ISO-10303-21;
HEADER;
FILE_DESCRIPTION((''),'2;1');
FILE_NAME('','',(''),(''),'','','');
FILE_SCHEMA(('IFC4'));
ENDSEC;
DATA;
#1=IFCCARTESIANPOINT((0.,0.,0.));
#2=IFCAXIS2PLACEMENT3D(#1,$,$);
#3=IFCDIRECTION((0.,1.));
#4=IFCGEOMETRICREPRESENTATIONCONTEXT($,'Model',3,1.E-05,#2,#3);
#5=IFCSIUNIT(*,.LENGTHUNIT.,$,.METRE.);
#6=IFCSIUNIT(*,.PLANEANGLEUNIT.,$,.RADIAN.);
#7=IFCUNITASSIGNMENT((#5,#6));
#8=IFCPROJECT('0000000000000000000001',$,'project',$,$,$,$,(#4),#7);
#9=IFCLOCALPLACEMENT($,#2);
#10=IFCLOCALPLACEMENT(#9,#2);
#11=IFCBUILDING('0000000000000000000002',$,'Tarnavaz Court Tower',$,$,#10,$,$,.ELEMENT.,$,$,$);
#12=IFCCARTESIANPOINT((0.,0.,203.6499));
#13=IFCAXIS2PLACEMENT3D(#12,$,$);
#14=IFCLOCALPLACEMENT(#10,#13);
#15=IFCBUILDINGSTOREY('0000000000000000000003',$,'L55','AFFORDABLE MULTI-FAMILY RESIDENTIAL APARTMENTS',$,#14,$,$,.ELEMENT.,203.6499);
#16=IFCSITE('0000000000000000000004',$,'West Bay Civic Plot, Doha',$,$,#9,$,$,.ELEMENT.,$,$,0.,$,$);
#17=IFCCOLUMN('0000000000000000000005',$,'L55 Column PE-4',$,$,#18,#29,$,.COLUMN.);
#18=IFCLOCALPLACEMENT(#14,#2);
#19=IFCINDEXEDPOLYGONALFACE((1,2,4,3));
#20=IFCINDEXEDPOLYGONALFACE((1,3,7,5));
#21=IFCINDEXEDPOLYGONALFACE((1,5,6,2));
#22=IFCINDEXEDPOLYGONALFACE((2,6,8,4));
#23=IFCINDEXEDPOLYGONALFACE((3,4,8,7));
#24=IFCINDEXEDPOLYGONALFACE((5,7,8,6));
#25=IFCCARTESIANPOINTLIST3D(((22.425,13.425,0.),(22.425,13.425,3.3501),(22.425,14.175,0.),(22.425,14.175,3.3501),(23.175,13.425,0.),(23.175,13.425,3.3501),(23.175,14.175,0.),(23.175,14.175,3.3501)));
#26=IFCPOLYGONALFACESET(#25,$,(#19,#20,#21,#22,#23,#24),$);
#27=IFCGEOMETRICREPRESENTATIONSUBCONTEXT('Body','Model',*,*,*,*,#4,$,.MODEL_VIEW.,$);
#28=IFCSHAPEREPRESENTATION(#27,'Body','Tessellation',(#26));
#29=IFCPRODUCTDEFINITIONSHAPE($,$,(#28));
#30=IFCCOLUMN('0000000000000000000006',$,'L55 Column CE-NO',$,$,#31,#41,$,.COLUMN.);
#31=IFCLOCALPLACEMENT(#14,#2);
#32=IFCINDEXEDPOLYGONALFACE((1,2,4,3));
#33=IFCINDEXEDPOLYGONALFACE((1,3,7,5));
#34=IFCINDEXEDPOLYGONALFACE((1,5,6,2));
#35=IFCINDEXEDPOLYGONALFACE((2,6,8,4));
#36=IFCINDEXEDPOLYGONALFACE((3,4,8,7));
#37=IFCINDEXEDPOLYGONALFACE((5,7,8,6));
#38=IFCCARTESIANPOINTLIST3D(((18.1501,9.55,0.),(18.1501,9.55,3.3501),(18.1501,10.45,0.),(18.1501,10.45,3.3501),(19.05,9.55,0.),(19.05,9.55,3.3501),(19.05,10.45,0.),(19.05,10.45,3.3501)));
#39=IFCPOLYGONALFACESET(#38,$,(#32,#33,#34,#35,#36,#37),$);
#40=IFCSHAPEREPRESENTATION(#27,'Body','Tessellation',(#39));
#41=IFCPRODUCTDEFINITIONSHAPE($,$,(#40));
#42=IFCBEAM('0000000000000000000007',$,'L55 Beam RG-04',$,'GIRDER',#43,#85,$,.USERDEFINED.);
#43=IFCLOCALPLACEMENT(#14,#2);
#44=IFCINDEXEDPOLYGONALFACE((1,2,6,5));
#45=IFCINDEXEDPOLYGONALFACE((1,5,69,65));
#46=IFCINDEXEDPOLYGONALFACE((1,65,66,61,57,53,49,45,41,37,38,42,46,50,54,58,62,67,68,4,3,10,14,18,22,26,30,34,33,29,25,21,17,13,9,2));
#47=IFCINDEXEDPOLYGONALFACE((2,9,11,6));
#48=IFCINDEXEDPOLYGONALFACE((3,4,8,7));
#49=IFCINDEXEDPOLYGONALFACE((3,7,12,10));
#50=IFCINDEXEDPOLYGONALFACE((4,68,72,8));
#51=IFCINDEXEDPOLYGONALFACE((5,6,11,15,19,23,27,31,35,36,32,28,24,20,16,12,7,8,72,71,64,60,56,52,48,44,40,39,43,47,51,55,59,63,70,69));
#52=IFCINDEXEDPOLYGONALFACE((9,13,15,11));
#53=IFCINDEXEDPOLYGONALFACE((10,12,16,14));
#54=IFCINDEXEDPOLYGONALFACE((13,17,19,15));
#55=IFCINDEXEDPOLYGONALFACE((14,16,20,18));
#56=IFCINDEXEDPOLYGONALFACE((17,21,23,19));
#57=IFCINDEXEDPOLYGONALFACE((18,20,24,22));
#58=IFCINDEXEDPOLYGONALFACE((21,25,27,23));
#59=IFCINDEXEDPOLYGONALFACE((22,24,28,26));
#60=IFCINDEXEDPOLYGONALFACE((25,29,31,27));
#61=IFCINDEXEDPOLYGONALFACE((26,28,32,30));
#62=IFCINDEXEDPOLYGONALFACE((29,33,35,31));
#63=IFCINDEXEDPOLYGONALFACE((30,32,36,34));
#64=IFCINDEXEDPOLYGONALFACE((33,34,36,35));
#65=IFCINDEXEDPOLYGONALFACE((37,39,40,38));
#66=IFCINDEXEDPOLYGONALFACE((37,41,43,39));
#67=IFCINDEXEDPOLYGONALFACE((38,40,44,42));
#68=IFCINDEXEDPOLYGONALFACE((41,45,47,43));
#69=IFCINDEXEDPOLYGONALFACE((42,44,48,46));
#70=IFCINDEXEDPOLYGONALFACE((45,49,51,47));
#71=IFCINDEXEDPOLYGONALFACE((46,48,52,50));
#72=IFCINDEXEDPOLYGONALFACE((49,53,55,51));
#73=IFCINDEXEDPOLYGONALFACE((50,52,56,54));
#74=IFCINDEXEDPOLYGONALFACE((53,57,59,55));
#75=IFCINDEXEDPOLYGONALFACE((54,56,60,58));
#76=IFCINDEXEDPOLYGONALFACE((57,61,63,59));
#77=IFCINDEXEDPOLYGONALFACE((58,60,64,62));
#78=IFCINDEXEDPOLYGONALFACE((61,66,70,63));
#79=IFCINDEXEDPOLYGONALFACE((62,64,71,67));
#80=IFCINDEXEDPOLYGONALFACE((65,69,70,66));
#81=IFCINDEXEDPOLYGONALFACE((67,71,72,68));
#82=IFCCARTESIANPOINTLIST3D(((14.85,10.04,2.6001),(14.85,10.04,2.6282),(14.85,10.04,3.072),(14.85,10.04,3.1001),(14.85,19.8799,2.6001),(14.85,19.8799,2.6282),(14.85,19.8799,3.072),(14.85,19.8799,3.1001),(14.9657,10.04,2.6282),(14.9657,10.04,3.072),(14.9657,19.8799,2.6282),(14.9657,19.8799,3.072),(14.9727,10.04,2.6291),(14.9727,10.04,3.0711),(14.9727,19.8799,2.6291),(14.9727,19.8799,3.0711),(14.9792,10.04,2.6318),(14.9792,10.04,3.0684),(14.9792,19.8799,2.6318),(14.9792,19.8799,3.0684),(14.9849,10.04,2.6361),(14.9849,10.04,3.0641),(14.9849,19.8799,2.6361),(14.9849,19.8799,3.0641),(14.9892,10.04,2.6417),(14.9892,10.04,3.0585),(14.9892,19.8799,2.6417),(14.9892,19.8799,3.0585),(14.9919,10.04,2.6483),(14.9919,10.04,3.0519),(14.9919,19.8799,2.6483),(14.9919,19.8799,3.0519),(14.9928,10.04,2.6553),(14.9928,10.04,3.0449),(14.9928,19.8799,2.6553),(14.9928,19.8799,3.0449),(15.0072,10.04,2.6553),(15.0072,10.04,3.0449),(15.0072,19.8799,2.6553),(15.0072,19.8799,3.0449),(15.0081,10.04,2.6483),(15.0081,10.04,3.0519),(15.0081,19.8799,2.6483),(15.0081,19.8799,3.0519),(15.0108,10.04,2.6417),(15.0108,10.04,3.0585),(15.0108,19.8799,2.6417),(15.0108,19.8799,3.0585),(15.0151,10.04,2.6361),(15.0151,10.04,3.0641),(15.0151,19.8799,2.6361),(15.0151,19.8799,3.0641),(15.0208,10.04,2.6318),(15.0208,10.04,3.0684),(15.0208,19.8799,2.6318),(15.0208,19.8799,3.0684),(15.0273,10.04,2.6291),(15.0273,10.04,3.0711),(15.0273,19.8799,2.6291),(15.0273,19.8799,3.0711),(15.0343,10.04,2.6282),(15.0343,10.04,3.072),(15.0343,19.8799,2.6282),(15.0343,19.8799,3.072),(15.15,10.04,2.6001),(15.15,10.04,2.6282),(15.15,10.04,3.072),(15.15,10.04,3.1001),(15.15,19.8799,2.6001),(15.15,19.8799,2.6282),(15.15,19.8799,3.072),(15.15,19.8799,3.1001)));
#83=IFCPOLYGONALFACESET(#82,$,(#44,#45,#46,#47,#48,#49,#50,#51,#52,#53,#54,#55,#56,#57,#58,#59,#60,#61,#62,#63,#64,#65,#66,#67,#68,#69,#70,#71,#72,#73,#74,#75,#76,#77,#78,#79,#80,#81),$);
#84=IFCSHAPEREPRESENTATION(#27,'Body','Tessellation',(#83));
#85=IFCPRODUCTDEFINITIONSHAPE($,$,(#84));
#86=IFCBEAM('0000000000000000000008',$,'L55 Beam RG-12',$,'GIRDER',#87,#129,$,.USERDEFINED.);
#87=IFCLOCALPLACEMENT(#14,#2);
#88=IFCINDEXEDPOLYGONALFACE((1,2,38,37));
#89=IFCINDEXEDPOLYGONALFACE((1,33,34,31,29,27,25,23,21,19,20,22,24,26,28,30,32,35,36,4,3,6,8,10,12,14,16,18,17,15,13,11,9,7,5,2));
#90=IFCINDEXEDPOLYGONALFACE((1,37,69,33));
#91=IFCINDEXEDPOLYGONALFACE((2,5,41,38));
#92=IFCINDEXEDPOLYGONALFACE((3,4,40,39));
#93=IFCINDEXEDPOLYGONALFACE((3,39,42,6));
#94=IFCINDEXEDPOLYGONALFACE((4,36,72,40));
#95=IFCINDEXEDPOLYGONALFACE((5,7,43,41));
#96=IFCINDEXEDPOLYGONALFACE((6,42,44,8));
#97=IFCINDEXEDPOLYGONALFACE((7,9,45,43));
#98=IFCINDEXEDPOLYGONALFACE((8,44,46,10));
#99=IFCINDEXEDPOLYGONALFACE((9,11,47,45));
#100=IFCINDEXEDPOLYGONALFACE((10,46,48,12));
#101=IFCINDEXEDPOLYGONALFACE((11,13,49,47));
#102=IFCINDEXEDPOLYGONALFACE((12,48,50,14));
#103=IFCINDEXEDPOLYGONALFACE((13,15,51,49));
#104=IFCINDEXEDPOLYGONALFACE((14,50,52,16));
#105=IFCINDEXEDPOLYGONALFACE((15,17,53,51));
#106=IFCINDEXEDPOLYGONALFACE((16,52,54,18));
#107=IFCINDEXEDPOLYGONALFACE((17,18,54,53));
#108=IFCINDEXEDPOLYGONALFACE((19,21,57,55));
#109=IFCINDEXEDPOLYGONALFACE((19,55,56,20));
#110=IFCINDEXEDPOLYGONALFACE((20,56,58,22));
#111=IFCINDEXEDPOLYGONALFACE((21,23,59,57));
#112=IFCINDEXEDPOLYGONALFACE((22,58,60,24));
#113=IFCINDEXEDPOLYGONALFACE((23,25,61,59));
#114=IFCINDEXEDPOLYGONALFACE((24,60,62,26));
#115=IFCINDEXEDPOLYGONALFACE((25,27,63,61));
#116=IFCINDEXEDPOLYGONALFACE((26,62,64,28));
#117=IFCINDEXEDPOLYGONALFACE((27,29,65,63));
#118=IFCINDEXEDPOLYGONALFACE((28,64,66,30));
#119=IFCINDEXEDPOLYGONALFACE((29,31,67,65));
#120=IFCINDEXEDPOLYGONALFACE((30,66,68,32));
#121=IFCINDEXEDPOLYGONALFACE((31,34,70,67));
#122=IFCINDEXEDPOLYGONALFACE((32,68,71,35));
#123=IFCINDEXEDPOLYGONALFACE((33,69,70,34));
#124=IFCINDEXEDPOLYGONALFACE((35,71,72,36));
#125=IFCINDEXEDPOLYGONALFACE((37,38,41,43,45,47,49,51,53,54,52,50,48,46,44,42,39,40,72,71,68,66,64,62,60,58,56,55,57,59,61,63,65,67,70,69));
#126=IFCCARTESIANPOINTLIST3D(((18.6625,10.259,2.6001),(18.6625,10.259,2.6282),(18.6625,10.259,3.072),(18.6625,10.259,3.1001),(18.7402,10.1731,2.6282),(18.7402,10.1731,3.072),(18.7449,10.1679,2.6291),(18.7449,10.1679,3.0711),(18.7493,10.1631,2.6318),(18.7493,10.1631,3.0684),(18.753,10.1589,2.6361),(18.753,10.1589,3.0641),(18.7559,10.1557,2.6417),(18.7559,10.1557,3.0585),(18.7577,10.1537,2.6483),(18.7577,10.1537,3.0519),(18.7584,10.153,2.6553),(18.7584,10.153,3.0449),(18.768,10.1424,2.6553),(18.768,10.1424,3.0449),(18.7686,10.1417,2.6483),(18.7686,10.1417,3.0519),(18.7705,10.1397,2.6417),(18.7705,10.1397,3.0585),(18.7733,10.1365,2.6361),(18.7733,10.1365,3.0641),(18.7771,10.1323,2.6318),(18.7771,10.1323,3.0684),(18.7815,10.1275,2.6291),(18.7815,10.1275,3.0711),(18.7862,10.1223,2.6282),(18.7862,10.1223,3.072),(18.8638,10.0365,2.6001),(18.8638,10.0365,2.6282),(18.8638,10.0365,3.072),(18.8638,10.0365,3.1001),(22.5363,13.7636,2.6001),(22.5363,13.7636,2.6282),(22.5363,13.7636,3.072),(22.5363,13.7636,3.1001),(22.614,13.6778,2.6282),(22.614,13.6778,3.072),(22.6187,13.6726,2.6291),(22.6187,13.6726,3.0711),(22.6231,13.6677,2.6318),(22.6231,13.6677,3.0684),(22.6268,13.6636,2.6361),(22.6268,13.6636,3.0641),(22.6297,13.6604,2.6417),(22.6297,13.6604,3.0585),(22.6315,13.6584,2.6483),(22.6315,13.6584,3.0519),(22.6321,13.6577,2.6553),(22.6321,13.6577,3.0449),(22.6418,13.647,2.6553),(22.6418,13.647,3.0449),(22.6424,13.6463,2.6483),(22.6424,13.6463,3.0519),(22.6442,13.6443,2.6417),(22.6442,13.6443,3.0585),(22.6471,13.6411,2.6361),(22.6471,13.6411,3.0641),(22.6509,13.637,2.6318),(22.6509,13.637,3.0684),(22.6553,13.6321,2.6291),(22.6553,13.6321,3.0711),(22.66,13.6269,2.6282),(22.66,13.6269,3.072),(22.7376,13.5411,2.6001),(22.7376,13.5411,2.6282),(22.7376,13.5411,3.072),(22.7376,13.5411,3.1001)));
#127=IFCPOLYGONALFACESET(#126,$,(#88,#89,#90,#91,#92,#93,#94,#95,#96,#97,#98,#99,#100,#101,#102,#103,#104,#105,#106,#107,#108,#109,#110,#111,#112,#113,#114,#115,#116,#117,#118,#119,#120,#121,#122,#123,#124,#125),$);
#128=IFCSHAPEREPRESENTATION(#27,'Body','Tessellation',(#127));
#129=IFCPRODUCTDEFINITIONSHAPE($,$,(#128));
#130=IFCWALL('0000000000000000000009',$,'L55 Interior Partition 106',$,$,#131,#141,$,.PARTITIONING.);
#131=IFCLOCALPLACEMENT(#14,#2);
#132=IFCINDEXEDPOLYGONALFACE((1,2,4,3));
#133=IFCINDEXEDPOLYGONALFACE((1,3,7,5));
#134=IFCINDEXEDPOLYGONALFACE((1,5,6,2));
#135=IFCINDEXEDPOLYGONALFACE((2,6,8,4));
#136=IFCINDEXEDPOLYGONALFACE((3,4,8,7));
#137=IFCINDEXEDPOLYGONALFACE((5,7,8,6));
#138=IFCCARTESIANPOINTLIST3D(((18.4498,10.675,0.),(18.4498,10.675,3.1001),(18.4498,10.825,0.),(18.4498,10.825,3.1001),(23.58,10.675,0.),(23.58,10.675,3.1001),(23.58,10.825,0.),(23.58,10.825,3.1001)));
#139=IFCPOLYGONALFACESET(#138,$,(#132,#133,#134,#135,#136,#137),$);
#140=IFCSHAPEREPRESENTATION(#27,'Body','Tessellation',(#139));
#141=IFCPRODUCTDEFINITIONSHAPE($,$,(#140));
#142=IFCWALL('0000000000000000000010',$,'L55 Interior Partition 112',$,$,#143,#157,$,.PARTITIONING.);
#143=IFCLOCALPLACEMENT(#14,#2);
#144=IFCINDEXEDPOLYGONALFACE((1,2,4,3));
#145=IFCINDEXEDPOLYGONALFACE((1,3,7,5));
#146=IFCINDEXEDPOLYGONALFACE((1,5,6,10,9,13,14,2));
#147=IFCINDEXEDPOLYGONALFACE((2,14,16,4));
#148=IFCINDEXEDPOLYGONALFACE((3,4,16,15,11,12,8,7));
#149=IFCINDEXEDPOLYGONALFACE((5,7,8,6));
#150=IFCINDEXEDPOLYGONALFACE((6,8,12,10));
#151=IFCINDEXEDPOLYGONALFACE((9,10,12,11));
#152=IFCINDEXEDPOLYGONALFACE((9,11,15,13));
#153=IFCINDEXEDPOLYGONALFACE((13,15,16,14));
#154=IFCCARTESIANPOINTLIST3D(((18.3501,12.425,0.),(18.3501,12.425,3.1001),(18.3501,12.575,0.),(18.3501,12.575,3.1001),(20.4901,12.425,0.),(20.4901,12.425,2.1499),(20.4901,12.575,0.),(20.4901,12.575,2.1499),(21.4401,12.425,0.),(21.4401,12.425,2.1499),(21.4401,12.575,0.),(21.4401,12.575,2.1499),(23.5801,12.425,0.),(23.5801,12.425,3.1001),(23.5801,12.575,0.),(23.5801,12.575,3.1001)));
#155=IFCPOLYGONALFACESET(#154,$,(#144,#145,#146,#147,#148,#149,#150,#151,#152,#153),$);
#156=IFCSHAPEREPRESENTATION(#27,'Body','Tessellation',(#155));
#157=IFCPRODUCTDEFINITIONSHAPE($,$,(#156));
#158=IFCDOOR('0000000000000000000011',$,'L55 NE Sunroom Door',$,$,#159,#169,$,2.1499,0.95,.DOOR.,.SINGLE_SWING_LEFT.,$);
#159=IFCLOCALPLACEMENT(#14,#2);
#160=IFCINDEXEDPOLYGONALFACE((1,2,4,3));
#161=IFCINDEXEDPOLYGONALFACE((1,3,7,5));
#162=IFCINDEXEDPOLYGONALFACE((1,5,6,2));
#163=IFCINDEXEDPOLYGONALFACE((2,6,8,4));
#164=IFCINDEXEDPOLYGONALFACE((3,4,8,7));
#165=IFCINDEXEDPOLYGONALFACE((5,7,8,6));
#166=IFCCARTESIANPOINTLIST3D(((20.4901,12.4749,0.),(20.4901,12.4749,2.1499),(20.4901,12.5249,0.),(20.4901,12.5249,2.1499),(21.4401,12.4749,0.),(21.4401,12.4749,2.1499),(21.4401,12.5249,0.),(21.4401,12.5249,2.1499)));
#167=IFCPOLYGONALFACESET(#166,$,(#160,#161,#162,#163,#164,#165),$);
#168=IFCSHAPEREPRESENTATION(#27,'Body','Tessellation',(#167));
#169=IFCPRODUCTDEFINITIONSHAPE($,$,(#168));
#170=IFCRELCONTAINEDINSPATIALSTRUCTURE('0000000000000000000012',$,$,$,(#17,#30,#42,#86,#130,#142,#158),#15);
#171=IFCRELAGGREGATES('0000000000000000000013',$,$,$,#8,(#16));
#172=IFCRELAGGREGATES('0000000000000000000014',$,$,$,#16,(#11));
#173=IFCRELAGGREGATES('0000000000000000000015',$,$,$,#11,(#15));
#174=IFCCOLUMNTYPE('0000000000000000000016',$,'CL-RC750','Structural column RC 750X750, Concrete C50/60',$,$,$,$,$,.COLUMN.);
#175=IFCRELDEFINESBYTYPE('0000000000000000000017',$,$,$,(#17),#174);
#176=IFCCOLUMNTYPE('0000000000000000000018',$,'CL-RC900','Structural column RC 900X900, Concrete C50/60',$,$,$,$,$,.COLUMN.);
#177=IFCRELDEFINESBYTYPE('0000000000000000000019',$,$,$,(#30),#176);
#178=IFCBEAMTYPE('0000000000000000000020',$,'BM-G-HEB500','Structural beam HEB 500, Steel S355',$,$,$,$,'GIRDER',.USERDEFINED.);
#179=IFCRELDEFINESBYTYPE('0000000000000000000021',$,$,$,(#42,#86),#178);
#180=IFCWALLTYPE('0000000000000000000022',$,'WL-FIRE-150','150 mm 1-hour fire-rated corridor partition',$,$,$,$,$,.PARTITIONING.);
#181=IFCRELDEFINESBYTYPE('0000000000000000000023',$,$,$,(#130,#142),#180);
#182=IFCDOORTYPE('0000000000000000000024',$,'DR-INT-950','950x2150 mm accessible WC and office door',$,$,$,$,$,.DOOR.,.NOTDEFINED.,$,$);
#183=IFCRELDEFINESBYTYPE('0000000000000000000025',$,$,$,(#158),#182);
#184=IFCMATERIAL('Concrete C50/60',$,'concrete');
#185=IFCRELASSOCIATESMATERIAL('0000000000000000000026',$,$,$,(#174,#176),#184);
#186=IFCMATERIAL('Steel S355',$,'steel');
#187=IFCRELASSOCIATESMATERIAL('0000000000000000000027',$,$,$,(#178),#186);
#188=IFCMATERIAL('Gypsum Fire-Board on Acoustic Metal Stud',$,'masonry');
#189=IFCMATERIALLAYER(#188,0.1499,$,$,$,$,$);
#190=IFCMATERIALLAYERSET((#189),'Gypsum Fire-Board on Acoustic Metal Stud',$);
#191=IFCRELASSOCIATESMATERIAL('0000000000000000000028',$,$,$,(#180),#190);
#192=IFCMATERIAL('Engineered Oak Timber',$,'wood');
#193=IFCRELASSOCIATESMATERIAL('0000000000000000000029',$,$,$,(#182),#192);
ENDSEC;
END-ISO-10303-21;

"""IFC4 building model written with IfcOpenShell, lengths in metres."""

from ifc_helpers import new_model, si_unit, direction, frame, frame_2d, origin, origin_2d, place, context, subcontext, project, spatial, rectangle, i_section, extrude, material, layer, layer_set, material_profile, profile_set, type_object, element, fill, save


model = new_model("IFC4")

# Units and contexts
model_context = context("Model", 3, precision=1e-05, world=origin(), true_north=direction((0.0, 1.0)))
body_context = subcontext(model_context, "Body", "Model", "MODEL_VIEW")
ifc_project = project(units=[si_unit("LENGTHUNIT", "METRE"), si_unit("PLANEANGLEUNIT", "RADIAN")], contexts=[model_context])

# Site, building, storey
site_placement = place(None, origin())
site = spatial("IfcSite", under=ifc_project, at=site_placement, Name="West Bay Civic Plot, Doha", CompositionType="ELEMENT", RefElevation=0.0)
building_placement = place(site_placement, origin())
building = spatial("IfcBuilding", under=site, at=building_placement, Name="Tarnavaz Court Tower", CompositionType="ELEMENT")
storey_placement = place(building_placement, frame((0.0, 0.0, 203.6499)))
storey = spatial("IfcBuildingStorey", under=building, at=storey_placement, Name="L55", Description="AFFORDABLE MULTI-FAMILY RESIDENTIAL APARTMENTS", CompositionType="ELEMENT", Elevation=203.6499)

# Columns
ifc_material_1 = material(Name="Concrete C50/60", Category="concrete")
ifc_material_profile_1 = material_profile(ifc_material_1, rectangle(XDim=0.75, YDim=0.75, at=origin_2d()), Name="RC 750X750")
ifc_profile_set_1 = profile_set([ifc_material_profile_1], Name="Concrete C50/60")
column_type_1 = type_object("IfcColumnType", Name="CL-RC750", Description="Structural column RC 750X750, Concrete C50/60", PredefinedType="COLUMN", material=ifc_profile_set_1)
column_1_placement = place(storey_placement, frame((22.8, 13.8, 0.0), z_axis=(0.0, 0.0, 1.0), x_axis=(1.0, 0.0, 0.0)))
element("IfcColumn", 1, at=column_1_placement, inside=storey, type_object=column_type_1, Name="L55 Column PE-4", PredefinedType="COLUMN", context=body_context, shape_type="SweptSolid", body=[
    extrude(rectangle(XDim=0.75, YDim=0.75, at=origin_2d()), origin(), (0.0, 0.0, 1.0), 3.3501),
])
ifc_material_profile_2 = material_profile(ifc_material_1, rectangle(XDim=0.8999, YDim=0.8999, at=origin_2d()), Name="RC 900X900")
ifc_profile_set_2 = profile_set([ifc_material_profile_2], Name="Concrete C50/60")
column_type_2 = type_object("IfcColumnType", Name="CL-RC900", Description="Structural column RC 900X900, Concrete C50/60", PredefinedType="COLUMN", material=ifc_profile_set_2)
column_2_placement = place(storey_placement, frame((18.6001, 10.0, 0.0), z_axis=(0.0, 0.0, 1.0), x_axis=(1.0, 0.0, 0.0)))
element("IfcColumn", 2, at=column_2_placement, inside=storey, type_object=column_type_2, Name="L55 Column CE-NO", PredefinedType="COLUMN", context=body_context, shape_type="SweptSolid", body=[
    extrude(rectangle(XDim=0.8999, YDim=0.8999, at=origin_2d()), origin(), (0.0, 0.0, 1.0), 3.3501),
])

# Beams
ifc_material_2 = material(Name="Steel S355", Category="steel")
ifc_material_profile_3 = material_profile(ifc_material_2, i_section(OverallWidth=0.3, OverallDepth=0.5, WebThickness=0.0144, FlangeThickness=0.0281, FilletRadius=0.0271, at=origin_2d()), Name="HEB 500")
ifc_profile_set_3 = profile_set([ifc_material_profile_3], Name="Steel S355")
beam_type = type_object("IfcBeamType", Name="BM-G-HEB500", Description="Structural beam HEB 500, Steel S355", ElementType="GIRDER", PredefinedType="USERDEFINED", material=ifc_profile_set_3)
beam_1_placement = place(storey_placement, frame((15.0, 10.04, 2.8501), z_axis=(0.0, 1.0, 0.0), x_axis=(-1.0, 0.0, 0.0)))
element("IfcBeam", 3, at=beam_1_placement, inside=storey, type_object=beam_type, Name="L55 Beam RG-04", ObjectType="GIRDER", PredefinedType="USERDEFINED", context=body_context, shape_type="SweptSolid", body=[
    extrude(i_section(OverallWidth=0.3, OverallDepth=0.5, WebThickness=0.0144, FlangeThickness=0.0281, FilletRadius=0.0271, at=origin_2d()), origin(), (0.0, 0.0, 1.0), 9.8398),
])
beam_2_placement = place(storey_placement, frame((18.7632, 10.1477, 2.8501), z_axis=(0.741556, 0.670891, 0.0), x_axis=(-0.670891, 0.741556, 0.0)))
element("IfcBeam", 4, at=beam_2_placement, inside=storey, type_object=beam_type, Name="L55 Beam RG-12", ObjectType="GIRDER", PredefinedType="USERDEFINED", context=body_context, shape_type="SweptSolid", body=[
    extrude(i_section(OverallWidth=0.3, OverallDepth=0.5, WebThickness=0.0144, FlangeThickness=0.0281, FilletRadius=0.0271, at=origin_2d()), origin(), (0.0, 0.0, 1.0), 5.2239),
])

# Wall
ifc_material_3 = material(Name="Gypsum Fire-Board on Acoustic Metal Stud", Category="masonry")
ifc_layer_1 = layer(ifc_material_3, 0.1499)
ifc_layer_set_1 = layer_set([ifc_layer_1], Name="Gypsum Fire-Board on Acoustic Metal Stud")
wall_type_1 = type_object("IfcWallType", Name="WL-FIRE-150", Description="150 mm 1-hour fire-rated corridor partition", PredefinedType="PARTITIONING", material=ifc_layer_set_1)
wall_1_placement = place(storey_placement, frame((18.45, 10.75, 0.0), z_axis=(0.0, 0.0, 1.0), x_axis=(1.0, 0.0, 0.0)))
element("IfcWall", 5, at=wall_1_placement, inside=storey, type_object=wall_type_1, Name="L55 Interior Partition 106", PredefinedType="PARTITIONING", context=body_context, shape_type="SweptSolid", body=[
    extrude(rectangle(XDim=5.1301, YDim=0.1499, at=frame_2d((2.5649, 0.0))), origin(), (0.0, 0.0, 1.0), 3.1001),
])

# Wall, opening, door
wall_2_placement = place(storey_placement, frame((18.3501, 12.5, 0.0), z_axis=(0.0, 0.0, 1.0), x_axis=(1.0, 0.0, 0.0)))
wall_2 = element("IfcWall", 6, at=wall_2_placement, inside=storey, type_object=wall_type_1, Name="L55 Interior Partition 112", PredefinedType="PARTITIONING", context=body_context, shape_type="SweptSolid", body=[
    extrude(rectangle(XDim=5.23, YDim=0.1499, at=frame_2d((2.615, 0.0))), origin(), (0.0, 0.0, 1.0), 3.1001),
])
opening_1_placement = place(wall_2_placement, frame((2.1399, 0.0, 0.0)))
opening_1 = element("IfcOpeningElement", 7, at=opening_1_placement, cuts=wall_2, PredefinedType="OPENING", context=body_context, shape_type="SweptSolid", body=[
    extrude(rectangle(XDim=0.95, YDim=2.1499, at=frame_2d((0.4751, 1.075))), frame((0.0, 0.085, 0.0), z_axis=(0.0, -1.0, 0.0), x_axis=(1.0, 0.0, 0.0)), (0.0, 0.0, 1.0), 0.1699),
])
ifc_material_4 = material(Name="Engineered Oak Timber", Category="wood")
door_type_1 = type_object("IfcDoorType", Name="DR-INT-950", Description="950x2150 mm accessible WC and office door", OperationType="NOTDEFINED", PredefinedType="DOOR", material=ifc_material_4)
door_1_placement = place(opening_1_placement, origin())
door_1 = element("IfcDoor", 8, at=door_1_placement, inside=storey, type_object=door_type_1, Name="L55 NE Sunroom Door", OperationType="SINGLE_SWING_LEFT", OverallHeight=2.1499, OverallWidth=0.95, PredefinedType="DOOR", context=body_context, shape_type="SweptSolid", body=[
    extrude(rectangle(XDim=0.95, YDim=2.1499, at=frame_2d((0.4751, 1.075))), frame((0.0, 0.0249, 0.0), z_axis=(0.0, -1.0, 0.0), x_axis=(1.0, 0.0, 0.0)), (0.0, 0.0, 1.0), 0.05),
])
fill(opening_1, door_1)

save(model, "model.ifc")
